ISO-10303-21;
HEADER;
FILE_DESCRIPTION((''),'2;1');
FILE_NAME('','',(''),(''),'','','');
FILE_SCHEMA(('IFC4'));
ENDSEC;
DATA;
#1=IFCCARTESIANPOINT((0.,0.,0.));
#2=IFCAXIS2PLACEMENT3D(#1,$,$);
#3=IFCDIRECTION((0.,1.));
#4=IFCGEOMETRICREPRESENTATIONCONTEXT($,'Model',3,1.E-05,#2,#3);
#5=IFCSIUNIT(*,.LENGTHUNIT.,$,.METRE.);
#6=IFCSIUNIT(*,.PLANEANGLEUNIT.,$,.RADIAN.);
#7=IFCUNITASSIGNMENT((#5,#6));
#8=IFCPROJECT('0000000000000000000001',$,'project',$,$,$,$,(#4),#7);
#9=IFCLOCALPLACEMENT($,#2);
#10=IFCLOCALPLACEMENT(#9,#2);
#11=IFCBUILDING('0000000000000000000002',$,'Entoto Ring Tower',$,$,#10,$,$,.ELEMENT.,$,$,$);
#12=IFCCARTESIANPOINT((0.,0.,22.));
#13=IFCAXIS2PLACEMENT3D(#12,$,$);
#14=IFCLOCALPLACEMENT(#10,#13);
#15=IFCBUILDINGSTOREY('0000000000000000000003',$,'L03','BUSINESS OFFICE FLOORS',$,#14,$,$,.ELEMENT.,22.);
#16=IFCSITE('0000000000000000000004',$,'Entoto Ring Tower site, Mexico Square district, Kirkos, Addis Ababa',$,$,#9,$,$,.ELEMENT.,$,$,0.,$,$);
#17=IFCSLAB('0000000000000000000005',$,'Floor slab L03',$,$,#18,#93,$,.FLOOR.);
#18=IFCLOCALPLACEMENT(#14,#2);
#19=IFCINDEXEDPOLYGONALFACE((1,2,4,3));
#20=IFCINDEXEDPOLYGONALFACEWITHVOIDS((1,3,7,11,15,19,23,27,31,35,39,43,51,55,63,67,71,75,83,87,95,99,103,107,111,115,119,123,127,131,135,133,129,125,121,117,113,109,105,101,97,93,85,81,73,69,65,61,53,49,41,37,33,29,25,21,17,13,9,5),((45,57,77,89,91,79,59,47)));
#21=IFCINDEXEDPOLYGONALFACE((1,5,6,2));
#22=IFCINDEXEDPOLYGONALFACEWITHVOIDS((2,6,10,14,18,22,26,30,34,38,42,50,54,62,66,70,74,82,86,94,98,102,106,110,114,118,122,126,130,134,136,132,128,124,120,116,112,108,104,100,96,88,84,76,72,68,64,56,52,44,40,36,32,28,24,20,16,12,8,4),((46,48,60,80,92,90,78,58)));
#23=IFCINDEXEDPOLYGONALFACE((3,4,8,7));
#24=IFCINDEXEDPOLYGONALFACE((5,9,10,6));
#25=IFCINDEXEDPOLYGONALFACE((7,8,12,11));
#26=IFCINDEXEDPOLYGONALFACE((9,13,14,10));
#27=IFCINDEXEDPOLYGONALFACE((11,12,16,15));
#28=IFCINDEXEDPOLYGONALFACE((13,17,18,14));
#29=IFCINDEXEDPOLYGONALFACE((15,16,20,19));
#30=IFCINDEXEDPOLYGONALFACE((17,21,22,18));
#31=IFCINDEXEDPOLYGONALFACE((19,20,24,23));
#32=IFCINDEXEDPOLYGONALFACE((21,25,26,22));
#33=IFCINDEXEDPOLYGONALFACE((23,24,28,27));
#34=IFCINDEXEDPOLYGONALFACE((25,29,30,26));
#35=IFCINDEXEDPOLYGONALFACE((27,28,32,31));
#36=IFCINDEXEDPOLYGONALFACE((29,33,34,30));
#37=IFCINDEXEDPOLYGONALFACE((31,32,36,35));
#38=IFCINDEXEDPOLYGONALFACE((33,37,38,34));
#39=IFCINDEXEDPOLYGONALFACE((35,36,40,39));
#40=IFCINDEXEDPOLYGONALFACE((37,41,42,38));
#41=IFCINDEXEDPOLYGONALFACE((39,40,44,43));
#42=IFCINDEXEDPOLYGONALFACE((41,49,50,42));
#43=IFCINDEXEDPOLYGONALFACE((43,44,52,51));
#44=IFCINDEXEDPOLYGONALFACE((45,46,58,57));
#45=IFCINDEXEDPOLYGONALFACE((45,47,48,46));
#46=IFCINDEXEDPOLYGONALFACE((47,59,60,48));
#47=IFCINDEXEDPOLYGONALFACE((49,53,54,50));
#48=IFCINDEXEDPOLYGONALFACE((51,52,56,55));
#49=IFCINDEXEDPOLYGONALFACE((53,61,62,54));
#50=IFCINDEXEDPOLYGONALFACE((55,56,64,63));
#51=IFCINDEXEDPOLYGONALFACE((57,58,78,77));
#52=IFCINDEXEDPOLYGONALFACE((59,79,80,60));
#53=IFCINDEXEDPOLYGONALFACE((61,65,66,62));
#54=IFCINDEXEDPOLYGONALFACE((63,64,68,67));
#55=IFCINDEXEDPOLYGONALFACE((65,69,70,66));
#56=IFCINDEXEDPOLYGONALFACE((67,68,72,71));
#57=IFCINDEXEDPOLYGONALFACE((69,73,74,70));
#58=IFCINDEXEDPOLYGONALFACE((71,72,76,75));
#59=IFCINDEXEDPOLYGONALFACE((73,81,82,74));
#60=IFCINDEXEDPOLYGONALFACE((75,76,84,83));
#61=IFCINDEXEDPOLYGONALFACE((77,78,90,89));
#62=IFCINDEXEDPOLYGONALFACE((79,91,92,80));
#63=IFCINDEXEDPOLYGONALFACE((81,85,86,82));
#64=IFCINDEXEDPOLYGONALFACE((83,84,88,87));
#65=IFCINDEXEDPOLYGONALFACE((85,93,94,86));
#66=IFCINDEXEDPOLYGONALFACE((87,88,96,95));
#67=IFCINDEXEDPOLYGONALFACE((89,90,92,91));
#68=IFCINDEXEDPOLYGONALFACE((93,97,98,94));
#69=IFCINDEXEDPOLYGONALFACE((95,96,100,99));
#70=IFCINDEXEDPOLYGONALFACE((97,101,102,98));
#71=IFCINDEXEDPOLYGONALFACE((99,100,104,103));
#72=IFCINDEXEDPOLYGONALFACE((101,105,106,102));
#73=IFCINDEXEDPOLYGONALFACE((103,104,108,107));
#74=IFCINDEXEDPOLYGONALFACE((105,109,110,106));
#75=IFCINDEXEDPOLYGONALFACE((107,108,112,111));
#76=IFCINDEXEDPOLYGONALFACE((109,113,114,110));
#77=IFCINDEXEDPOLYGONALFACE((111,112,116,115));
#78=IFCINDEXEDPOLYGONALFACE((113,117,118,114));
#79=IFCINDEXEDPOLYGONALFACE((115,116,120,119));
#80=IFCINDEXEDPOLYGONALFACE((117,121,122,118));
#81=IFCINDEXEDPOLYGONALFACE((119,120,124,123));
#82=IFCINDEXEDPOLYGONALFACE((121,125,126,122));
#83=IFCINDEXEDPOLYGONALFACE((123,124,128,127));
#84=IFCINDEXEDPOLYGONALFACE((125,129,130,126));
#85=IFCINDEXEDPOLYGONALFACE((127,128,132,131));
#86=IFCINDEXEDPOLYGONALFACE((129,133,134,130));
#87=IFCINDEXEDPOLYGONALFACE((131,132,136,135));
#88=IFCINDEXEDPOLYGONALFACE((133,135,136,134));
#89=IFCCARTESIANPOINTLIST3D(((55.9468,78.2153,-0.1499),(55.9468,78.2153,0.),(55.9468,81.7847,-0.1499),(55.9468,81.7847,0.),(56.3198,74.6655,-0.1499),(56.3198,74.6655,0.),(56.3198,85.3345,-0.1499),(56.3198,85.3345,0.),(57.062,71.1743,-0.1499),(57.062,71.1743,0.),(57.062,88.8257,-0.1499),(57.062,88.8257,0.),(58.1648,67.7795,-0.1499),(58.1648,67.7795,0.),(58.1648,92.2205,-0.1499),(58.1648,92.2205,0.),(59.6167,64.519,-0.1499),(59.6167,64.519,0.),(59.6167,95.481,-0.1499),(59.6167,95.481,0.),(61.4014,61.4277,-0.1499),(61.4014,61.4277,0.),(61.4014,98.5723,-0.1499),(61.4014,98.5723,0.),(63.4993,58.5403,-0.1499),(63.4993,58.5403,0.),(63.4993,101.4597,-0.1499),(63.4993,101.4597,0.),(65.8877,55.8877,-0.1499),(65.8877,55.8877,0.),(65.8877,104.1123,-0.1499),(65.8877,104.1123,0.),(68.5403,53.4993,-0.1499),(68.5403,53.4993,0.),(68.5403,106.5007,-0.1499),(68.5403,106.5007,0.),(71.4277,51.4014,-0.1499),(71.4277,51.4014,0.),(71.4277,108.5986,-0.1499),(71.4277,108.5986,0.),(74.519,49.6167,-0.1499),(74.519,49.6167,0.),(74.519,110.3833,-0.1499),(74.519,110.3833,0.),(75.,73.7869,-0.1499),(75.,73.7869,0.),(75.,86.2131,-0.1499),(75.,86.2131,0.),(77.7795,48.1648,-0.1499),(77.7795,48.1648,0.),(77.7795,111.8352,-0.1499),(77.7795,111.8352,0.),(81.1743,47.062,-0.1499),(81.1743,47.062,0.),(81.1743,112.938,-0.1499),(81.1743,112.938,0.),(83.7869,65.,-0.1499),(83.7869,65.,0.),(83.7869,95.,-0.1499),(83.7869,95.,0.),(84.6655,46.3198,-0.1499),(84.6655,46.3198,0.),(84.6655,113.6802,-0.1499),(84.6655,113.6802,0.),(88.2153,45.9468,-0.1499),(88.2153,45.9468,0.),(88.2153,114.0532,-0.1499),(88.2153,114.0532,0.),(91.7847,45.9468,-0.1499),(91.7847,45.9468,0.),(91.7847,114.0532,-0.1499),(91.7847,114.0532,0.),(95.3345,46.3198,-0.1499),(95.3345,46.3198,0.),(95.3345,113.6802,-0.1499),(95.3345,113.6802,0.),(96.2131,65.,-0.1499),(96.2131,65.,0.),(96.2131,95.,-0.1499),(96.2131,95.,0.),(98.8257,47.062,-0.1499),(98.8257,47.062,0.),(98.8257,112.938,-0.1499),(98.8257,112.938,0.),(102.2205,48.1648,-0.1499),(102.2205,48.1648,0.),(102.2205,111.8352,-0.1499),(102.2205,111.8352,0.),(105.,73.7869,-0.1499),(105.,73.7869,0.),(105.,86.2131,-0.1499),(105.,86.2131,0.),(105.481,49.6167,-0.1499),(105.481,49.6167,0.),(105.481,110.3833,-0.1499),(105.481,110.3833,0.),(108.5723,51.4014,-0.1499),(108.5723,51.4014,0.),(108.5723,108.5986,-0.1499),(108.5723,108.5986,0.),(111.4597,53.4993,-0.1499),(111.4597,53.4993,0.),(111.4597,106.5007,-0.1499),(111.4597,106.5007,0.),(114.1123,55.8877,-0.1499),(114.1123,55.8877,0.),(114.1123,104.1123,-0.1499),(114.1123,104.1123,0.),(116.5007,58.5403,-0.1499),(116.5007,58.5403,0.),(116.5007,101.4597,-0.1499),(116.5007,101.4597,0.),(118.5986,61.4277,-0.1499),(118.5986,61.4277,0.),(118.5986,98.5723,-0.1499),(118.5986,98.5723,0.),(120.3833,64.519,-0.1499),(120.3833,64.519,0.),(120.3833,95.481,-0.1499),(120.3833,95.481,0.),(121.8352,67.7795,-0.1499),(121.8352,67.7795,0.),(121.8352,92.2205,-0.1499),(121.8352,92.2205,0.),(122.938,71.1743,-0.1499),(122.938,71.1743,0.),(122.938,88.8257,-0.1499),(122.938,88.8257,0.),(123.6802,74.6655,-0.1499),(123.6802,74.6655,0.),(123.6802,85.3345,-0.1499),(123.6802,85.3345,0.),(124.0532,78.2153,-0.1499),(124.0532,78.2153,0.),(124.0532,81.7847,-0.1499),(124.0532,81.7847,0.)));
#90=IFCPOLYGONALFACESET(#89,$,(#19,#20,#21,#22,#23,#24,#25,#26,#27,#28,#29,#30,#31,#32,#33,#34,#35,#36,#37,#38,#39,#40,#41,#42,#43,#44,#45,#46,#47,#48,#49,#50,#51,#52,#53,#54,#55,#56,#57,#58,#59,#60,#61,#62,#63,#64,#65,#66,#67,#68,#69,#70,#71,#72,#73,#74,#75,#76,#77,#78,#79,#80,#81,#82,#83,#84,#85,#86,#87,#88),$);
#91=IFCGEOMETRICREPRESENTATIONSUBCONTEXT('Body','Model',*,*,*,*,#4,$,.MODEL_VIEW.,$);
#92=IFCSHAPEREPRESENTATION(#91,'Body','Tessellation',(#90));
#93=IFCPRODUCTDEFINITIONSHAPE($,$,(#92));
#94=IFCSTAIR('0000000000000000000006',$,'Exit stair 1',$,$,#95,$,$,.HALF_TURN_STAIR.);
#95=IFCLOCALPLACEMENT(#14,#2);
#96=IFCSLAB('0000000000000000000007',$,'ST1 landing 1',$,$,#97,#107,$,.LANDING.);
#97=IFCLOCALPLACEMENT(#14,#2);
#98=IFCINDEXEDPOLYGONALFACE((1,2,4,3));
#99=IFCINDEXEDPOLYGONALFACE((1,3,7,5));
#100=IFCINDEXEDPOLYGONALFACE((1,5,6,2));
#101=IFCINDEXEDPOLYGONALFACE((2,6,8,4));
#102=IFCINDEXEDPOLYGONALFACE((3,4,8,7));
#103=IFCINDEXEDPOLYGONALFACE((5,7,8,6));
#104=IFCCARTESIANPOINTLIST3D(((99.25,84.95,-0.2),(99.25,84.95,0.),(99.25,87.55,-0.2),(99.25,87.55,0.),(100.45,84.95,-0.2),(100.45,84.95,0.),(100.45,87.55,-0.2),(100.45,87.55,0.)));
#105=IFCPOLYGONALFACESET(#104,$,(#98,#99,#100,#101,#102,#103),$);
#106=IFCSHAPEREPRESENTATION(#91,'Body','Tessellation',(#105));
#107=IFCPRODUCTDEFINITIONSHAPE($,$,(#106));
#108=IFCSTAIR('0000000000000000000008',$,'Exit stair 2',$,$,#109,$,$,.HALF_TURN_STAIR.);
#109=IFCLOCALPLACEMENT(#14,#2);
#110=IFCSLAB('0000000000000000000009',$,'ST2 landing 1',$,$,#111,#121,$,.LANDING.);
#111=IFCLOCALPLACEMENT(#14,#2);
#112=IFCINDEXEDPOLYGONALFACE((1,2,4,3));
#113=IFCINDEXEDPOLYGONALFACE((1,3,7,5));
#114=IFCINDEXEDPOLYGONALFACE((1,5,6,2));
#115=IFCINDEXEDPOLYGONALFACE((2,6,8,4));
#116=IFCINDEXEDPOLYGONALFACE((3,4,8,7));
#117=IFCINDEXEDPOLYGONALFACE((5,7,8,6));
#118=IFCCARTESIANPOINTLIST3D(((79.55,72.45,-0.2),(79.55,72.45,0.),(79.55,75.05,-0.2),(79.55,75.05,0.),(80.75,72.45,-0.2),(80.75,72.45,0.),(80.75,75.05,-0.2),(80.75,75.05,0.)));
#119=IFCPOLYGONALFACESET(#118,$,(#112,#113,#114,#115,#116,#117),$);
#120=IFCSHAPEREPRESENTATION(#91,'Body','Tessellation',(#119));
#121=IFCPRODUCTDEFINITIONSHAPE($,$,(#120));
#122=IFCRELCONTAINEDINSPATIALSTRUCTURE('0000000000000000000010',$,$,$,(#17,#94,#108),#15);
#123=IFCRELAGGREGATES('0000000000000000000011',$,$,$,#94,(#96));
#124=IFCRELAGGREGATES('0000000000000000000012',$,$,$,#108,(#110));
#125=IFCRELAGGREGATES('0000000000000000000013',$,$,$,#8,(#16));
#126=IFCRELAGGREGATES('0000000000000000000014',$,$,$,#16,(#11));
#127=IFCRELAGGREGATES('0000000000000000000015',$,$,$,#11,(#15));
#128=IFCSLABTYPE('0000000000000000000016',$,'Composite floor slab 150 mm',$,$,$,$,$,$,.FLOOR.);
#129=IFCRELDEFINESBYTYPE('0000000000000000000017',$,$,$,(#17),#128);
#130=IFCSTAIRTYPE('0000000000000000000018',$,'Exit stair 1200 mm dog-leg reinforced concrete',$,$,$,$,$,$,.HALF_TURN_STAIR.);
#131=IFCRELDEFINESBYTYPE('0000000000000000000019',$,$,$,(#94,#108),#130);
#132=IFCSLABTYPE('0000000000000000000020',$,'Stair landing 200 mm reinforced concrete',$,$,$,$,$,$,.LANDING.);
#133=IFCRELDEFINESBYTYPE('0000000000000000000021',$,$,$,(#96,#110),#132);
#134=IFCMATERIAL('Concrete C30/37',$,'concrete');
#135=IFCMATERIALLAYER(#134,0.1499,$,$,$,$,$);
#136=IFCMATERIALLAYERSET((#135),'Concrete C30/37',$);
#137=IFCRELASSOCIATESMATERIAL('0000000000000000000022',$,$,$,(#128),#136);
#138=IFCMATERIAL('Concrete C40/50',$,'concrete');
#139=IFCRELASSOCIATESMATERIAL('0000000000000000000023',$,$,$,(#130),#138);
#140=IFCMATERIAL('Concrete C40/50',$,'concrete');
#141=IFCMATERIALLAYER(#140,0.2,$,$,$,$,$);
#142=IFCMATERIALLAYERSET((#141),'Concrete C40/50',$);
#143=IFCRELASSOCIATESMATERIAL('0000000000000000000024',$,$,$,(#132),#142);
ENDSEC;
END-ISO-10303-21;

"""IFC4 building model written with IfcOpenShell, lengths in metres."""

from ifc_helpers import new_model, si_unit, direction, frame, origin, place, context, subcontext, project, spatial, polyline, outline, extrude, material, layer, layer_set, type_object, element, aggregate, save


model = new_model("IFC4")

# Units and contexts
model_context = context("Model", 3, precision=1e-05, world=origin(), true_north=direction((0.0, 1.0)))
body_context = subcontext(model_context, "Body", "Model", "MODEL_VIEW")
ifc_project = project(units=[si_unit("LENGTHUNIT", "METRE"), si_unit("PLANEANGLEUNIT", "RADIAN")], contexts=[model_context])

# Site, building, storey
site_placement = place(None, origin())
building_placement = place(site_placement, origin())
storey_placement = place(building_placement, frame((0.0, 0.0, 22.0)))
site = spatial("IfcSite", under=ifc_project, at=site_placement, Name="Entoto Ring Tower site, Mexico Square district, Kirkos, Addis Ababa", CompositionType="ELEMENT", RefElevation=0.0)
building = spatial("IfcBuilding", under=site, at=building_placement, Name="Entoto Ring Tower", CompositionType="ELEMENT")
storey = spatial("IfcBuildingStorey", under=building, at=storey_placement, Name="L03", Description="BUSINESS OFFICE FLOORS", CompositionType="ELEMENT", Elevation=22.0)

# Slab
ifc_material_1 = material(Name="Concrete C30/37", Category="concrete")
ifc_layer_1 = layer(ifc_material_1, 0.1499)
ifc_layer_set_1 = layer_set([ifc_layer_1], Name="Concrete C30/37")
slab_type_1 = type_object("IfcSlabType", Name="Composite floor slab 150 mm", PredefinedType="FLOOR", material=ifc_layer_set_1)
slab_1_placement = place(storey_placement, frame((0.0, 0.0, -0.1499)))
element("IfcSlab", 1, at=slab_1_placement, inside=storey, type_object=slab_type_1, Name="Floor slab L03", PredefinedType="FLOOR", context=body_context, shape_type="SweptSolid", body=[
    extrude(outline(polyline([(123.6802, 85.3345), (122.938, 88.8257), (121.8352, 92.2205), (120.3833, 95.481), (118.5986, 98.5723), (116.5007, 101.4597), (114.1123, 104.1123), (111.4597, 106.5007), (108.5723, 108.5986), (105.481, 110.3833), (102.2205, 111.8352), (98.8257, 112.938), (95.3345, 113.6802), (91.7847, 114.0532), (88.2153, 114.0532), (84.6655, 113.6802), (81.1743, 112.938), (77.7795, 111.8352), (74.519, 110.3833), (71.4277, 108.5986), (68.5403, 106.5007), (65.8877, 104.1123), (63.4993, 101.4597), (61.4014, 98.5723), (59.6167, 95.481), (58.1648, 92.2205), (57.062, 88.8257), (56.3198, 85.3345), (55.9468, 81.7847), (55.9468, 78.2153), (56.3198, 74.6655), (57.062, 71.1743), (58.1648, 67.7795), (59.6167, 64.519), (61.4014, 61.4277), (63.4993, 58.5403), (65.8877, 55.8877), (68.5403, 53.4993), (71.4277, 51.4014), (74.519, 49.6167), (77.7795, 48.1648), (81.1743, 47.062), (84.6655, 46.3198), (88.2153, 45.9468), (91.7847, 45.9468), (95.3345, 46.3198), (98.8257, 47.062), (102.2205, 48.1648), (105.481, 49.6167), (108.5723, 51.4014), (111.4597, 53.4993), (114.1123, 55.8877), (116.5007, 58.5403), (118.5986, 61.4277), (120.3833, 64.519), (121.8352, 67.7795), (122.938, 71.1743), (123.6802, 74.6655), (124.0532, 78.2153), (124.0532, 81.7847), (123.6802, 85.3345)]), holes=[polyline([(105.0, 73.7869), (105.0, 86.2131), (96.2131, 95.0), (83.7869, 95.0), (75.0, 86.2131), (75.0, 73.7869), (83.7869, 65.0), (96.2131, 65.0), (105.0, 73.7869)])]), origin(), (0.0, 0.0, 1.0), 0.1499),
])

# Stairs, slabs
ifc_material_2 = material(Name="Concrete C40/50", Category="concrete")
stair_type = type_object("IfcStairType", Name="Exit stair 1200 mm dog-leg reinforced concrete", PredefinedType="HALF_TURN_STAIR", material=ifc_material_2)
stair_1_placement = place(storey_placement, origin())
stair_1 = element("IfcStair", 2, at=stair_1_placement, inside=storey, type_object=stair_type, Name="Exit stair 1", PredefinedType="HALF_TURN_STAIR")
ifc_material_3 = material(Name="Concrete C40/50", Category="concrete")
ifc_layer_2 = layer(ifc_material_3, 0.2)
ifc_layer_set_2 = layer_set([ifc_layer_2], Name="Concrete C40/50")
slab_type_2 = type_object("IfcSlabType", Name="Stair landing 200 mm reinforced concrete", PredefinedType="LANDING", material=ifc_layer_set_2)
slab_2_placement = place(storey_placement, frame((0.0, 0.0, -0.2)))
slab_2 = element("IfcSlab", 3, at=slab_2_placement, type_object=slab_type_2, Name="ST1 landing 1", PredefinedType="LANDING", context=body_context, shape_type="SweptSolid", body=[
    extrude(outline(polyline([(100.45, 84.95), (100.45, 87.55), (99.25, 87.55), (99.25, 84.95), (100.45, 84.95)])), origin(), (0.0, 0.0, 1.0), 0.2),
])
aggregate(stair_1, [slab_2])
stair_2_placement = place(storey_placement, origin())
stair_2 = element("IfcStair", 4, at=stair_2_placement, inside=storey, type_object=stair_type, Name="Exit stair 2", PredefinedType="HALF_TURN_STAIR")
slab_3_placement = place(storey_placement, frame((0.0, 0.0, -0.2)))
slab_3 = element("IfcSlab", 5, at=slab_3_placement, type_object=slab_type_2, Name="ST2 landing 1", PredefinedType="LANDING", context=body_context, shape_type="SweptSolid", body=[
    extrude(outline(polyline([(80.75, 72.45), (80.75, 75.05), (79.55, 75.05), (79.55, 72.45), (80.75, 72.45)])), origin(), (0.0, 0.0, 1.0), 0.2),
])
aggregate(stair_2, [slab_3])

save(model, "model.ifc")
